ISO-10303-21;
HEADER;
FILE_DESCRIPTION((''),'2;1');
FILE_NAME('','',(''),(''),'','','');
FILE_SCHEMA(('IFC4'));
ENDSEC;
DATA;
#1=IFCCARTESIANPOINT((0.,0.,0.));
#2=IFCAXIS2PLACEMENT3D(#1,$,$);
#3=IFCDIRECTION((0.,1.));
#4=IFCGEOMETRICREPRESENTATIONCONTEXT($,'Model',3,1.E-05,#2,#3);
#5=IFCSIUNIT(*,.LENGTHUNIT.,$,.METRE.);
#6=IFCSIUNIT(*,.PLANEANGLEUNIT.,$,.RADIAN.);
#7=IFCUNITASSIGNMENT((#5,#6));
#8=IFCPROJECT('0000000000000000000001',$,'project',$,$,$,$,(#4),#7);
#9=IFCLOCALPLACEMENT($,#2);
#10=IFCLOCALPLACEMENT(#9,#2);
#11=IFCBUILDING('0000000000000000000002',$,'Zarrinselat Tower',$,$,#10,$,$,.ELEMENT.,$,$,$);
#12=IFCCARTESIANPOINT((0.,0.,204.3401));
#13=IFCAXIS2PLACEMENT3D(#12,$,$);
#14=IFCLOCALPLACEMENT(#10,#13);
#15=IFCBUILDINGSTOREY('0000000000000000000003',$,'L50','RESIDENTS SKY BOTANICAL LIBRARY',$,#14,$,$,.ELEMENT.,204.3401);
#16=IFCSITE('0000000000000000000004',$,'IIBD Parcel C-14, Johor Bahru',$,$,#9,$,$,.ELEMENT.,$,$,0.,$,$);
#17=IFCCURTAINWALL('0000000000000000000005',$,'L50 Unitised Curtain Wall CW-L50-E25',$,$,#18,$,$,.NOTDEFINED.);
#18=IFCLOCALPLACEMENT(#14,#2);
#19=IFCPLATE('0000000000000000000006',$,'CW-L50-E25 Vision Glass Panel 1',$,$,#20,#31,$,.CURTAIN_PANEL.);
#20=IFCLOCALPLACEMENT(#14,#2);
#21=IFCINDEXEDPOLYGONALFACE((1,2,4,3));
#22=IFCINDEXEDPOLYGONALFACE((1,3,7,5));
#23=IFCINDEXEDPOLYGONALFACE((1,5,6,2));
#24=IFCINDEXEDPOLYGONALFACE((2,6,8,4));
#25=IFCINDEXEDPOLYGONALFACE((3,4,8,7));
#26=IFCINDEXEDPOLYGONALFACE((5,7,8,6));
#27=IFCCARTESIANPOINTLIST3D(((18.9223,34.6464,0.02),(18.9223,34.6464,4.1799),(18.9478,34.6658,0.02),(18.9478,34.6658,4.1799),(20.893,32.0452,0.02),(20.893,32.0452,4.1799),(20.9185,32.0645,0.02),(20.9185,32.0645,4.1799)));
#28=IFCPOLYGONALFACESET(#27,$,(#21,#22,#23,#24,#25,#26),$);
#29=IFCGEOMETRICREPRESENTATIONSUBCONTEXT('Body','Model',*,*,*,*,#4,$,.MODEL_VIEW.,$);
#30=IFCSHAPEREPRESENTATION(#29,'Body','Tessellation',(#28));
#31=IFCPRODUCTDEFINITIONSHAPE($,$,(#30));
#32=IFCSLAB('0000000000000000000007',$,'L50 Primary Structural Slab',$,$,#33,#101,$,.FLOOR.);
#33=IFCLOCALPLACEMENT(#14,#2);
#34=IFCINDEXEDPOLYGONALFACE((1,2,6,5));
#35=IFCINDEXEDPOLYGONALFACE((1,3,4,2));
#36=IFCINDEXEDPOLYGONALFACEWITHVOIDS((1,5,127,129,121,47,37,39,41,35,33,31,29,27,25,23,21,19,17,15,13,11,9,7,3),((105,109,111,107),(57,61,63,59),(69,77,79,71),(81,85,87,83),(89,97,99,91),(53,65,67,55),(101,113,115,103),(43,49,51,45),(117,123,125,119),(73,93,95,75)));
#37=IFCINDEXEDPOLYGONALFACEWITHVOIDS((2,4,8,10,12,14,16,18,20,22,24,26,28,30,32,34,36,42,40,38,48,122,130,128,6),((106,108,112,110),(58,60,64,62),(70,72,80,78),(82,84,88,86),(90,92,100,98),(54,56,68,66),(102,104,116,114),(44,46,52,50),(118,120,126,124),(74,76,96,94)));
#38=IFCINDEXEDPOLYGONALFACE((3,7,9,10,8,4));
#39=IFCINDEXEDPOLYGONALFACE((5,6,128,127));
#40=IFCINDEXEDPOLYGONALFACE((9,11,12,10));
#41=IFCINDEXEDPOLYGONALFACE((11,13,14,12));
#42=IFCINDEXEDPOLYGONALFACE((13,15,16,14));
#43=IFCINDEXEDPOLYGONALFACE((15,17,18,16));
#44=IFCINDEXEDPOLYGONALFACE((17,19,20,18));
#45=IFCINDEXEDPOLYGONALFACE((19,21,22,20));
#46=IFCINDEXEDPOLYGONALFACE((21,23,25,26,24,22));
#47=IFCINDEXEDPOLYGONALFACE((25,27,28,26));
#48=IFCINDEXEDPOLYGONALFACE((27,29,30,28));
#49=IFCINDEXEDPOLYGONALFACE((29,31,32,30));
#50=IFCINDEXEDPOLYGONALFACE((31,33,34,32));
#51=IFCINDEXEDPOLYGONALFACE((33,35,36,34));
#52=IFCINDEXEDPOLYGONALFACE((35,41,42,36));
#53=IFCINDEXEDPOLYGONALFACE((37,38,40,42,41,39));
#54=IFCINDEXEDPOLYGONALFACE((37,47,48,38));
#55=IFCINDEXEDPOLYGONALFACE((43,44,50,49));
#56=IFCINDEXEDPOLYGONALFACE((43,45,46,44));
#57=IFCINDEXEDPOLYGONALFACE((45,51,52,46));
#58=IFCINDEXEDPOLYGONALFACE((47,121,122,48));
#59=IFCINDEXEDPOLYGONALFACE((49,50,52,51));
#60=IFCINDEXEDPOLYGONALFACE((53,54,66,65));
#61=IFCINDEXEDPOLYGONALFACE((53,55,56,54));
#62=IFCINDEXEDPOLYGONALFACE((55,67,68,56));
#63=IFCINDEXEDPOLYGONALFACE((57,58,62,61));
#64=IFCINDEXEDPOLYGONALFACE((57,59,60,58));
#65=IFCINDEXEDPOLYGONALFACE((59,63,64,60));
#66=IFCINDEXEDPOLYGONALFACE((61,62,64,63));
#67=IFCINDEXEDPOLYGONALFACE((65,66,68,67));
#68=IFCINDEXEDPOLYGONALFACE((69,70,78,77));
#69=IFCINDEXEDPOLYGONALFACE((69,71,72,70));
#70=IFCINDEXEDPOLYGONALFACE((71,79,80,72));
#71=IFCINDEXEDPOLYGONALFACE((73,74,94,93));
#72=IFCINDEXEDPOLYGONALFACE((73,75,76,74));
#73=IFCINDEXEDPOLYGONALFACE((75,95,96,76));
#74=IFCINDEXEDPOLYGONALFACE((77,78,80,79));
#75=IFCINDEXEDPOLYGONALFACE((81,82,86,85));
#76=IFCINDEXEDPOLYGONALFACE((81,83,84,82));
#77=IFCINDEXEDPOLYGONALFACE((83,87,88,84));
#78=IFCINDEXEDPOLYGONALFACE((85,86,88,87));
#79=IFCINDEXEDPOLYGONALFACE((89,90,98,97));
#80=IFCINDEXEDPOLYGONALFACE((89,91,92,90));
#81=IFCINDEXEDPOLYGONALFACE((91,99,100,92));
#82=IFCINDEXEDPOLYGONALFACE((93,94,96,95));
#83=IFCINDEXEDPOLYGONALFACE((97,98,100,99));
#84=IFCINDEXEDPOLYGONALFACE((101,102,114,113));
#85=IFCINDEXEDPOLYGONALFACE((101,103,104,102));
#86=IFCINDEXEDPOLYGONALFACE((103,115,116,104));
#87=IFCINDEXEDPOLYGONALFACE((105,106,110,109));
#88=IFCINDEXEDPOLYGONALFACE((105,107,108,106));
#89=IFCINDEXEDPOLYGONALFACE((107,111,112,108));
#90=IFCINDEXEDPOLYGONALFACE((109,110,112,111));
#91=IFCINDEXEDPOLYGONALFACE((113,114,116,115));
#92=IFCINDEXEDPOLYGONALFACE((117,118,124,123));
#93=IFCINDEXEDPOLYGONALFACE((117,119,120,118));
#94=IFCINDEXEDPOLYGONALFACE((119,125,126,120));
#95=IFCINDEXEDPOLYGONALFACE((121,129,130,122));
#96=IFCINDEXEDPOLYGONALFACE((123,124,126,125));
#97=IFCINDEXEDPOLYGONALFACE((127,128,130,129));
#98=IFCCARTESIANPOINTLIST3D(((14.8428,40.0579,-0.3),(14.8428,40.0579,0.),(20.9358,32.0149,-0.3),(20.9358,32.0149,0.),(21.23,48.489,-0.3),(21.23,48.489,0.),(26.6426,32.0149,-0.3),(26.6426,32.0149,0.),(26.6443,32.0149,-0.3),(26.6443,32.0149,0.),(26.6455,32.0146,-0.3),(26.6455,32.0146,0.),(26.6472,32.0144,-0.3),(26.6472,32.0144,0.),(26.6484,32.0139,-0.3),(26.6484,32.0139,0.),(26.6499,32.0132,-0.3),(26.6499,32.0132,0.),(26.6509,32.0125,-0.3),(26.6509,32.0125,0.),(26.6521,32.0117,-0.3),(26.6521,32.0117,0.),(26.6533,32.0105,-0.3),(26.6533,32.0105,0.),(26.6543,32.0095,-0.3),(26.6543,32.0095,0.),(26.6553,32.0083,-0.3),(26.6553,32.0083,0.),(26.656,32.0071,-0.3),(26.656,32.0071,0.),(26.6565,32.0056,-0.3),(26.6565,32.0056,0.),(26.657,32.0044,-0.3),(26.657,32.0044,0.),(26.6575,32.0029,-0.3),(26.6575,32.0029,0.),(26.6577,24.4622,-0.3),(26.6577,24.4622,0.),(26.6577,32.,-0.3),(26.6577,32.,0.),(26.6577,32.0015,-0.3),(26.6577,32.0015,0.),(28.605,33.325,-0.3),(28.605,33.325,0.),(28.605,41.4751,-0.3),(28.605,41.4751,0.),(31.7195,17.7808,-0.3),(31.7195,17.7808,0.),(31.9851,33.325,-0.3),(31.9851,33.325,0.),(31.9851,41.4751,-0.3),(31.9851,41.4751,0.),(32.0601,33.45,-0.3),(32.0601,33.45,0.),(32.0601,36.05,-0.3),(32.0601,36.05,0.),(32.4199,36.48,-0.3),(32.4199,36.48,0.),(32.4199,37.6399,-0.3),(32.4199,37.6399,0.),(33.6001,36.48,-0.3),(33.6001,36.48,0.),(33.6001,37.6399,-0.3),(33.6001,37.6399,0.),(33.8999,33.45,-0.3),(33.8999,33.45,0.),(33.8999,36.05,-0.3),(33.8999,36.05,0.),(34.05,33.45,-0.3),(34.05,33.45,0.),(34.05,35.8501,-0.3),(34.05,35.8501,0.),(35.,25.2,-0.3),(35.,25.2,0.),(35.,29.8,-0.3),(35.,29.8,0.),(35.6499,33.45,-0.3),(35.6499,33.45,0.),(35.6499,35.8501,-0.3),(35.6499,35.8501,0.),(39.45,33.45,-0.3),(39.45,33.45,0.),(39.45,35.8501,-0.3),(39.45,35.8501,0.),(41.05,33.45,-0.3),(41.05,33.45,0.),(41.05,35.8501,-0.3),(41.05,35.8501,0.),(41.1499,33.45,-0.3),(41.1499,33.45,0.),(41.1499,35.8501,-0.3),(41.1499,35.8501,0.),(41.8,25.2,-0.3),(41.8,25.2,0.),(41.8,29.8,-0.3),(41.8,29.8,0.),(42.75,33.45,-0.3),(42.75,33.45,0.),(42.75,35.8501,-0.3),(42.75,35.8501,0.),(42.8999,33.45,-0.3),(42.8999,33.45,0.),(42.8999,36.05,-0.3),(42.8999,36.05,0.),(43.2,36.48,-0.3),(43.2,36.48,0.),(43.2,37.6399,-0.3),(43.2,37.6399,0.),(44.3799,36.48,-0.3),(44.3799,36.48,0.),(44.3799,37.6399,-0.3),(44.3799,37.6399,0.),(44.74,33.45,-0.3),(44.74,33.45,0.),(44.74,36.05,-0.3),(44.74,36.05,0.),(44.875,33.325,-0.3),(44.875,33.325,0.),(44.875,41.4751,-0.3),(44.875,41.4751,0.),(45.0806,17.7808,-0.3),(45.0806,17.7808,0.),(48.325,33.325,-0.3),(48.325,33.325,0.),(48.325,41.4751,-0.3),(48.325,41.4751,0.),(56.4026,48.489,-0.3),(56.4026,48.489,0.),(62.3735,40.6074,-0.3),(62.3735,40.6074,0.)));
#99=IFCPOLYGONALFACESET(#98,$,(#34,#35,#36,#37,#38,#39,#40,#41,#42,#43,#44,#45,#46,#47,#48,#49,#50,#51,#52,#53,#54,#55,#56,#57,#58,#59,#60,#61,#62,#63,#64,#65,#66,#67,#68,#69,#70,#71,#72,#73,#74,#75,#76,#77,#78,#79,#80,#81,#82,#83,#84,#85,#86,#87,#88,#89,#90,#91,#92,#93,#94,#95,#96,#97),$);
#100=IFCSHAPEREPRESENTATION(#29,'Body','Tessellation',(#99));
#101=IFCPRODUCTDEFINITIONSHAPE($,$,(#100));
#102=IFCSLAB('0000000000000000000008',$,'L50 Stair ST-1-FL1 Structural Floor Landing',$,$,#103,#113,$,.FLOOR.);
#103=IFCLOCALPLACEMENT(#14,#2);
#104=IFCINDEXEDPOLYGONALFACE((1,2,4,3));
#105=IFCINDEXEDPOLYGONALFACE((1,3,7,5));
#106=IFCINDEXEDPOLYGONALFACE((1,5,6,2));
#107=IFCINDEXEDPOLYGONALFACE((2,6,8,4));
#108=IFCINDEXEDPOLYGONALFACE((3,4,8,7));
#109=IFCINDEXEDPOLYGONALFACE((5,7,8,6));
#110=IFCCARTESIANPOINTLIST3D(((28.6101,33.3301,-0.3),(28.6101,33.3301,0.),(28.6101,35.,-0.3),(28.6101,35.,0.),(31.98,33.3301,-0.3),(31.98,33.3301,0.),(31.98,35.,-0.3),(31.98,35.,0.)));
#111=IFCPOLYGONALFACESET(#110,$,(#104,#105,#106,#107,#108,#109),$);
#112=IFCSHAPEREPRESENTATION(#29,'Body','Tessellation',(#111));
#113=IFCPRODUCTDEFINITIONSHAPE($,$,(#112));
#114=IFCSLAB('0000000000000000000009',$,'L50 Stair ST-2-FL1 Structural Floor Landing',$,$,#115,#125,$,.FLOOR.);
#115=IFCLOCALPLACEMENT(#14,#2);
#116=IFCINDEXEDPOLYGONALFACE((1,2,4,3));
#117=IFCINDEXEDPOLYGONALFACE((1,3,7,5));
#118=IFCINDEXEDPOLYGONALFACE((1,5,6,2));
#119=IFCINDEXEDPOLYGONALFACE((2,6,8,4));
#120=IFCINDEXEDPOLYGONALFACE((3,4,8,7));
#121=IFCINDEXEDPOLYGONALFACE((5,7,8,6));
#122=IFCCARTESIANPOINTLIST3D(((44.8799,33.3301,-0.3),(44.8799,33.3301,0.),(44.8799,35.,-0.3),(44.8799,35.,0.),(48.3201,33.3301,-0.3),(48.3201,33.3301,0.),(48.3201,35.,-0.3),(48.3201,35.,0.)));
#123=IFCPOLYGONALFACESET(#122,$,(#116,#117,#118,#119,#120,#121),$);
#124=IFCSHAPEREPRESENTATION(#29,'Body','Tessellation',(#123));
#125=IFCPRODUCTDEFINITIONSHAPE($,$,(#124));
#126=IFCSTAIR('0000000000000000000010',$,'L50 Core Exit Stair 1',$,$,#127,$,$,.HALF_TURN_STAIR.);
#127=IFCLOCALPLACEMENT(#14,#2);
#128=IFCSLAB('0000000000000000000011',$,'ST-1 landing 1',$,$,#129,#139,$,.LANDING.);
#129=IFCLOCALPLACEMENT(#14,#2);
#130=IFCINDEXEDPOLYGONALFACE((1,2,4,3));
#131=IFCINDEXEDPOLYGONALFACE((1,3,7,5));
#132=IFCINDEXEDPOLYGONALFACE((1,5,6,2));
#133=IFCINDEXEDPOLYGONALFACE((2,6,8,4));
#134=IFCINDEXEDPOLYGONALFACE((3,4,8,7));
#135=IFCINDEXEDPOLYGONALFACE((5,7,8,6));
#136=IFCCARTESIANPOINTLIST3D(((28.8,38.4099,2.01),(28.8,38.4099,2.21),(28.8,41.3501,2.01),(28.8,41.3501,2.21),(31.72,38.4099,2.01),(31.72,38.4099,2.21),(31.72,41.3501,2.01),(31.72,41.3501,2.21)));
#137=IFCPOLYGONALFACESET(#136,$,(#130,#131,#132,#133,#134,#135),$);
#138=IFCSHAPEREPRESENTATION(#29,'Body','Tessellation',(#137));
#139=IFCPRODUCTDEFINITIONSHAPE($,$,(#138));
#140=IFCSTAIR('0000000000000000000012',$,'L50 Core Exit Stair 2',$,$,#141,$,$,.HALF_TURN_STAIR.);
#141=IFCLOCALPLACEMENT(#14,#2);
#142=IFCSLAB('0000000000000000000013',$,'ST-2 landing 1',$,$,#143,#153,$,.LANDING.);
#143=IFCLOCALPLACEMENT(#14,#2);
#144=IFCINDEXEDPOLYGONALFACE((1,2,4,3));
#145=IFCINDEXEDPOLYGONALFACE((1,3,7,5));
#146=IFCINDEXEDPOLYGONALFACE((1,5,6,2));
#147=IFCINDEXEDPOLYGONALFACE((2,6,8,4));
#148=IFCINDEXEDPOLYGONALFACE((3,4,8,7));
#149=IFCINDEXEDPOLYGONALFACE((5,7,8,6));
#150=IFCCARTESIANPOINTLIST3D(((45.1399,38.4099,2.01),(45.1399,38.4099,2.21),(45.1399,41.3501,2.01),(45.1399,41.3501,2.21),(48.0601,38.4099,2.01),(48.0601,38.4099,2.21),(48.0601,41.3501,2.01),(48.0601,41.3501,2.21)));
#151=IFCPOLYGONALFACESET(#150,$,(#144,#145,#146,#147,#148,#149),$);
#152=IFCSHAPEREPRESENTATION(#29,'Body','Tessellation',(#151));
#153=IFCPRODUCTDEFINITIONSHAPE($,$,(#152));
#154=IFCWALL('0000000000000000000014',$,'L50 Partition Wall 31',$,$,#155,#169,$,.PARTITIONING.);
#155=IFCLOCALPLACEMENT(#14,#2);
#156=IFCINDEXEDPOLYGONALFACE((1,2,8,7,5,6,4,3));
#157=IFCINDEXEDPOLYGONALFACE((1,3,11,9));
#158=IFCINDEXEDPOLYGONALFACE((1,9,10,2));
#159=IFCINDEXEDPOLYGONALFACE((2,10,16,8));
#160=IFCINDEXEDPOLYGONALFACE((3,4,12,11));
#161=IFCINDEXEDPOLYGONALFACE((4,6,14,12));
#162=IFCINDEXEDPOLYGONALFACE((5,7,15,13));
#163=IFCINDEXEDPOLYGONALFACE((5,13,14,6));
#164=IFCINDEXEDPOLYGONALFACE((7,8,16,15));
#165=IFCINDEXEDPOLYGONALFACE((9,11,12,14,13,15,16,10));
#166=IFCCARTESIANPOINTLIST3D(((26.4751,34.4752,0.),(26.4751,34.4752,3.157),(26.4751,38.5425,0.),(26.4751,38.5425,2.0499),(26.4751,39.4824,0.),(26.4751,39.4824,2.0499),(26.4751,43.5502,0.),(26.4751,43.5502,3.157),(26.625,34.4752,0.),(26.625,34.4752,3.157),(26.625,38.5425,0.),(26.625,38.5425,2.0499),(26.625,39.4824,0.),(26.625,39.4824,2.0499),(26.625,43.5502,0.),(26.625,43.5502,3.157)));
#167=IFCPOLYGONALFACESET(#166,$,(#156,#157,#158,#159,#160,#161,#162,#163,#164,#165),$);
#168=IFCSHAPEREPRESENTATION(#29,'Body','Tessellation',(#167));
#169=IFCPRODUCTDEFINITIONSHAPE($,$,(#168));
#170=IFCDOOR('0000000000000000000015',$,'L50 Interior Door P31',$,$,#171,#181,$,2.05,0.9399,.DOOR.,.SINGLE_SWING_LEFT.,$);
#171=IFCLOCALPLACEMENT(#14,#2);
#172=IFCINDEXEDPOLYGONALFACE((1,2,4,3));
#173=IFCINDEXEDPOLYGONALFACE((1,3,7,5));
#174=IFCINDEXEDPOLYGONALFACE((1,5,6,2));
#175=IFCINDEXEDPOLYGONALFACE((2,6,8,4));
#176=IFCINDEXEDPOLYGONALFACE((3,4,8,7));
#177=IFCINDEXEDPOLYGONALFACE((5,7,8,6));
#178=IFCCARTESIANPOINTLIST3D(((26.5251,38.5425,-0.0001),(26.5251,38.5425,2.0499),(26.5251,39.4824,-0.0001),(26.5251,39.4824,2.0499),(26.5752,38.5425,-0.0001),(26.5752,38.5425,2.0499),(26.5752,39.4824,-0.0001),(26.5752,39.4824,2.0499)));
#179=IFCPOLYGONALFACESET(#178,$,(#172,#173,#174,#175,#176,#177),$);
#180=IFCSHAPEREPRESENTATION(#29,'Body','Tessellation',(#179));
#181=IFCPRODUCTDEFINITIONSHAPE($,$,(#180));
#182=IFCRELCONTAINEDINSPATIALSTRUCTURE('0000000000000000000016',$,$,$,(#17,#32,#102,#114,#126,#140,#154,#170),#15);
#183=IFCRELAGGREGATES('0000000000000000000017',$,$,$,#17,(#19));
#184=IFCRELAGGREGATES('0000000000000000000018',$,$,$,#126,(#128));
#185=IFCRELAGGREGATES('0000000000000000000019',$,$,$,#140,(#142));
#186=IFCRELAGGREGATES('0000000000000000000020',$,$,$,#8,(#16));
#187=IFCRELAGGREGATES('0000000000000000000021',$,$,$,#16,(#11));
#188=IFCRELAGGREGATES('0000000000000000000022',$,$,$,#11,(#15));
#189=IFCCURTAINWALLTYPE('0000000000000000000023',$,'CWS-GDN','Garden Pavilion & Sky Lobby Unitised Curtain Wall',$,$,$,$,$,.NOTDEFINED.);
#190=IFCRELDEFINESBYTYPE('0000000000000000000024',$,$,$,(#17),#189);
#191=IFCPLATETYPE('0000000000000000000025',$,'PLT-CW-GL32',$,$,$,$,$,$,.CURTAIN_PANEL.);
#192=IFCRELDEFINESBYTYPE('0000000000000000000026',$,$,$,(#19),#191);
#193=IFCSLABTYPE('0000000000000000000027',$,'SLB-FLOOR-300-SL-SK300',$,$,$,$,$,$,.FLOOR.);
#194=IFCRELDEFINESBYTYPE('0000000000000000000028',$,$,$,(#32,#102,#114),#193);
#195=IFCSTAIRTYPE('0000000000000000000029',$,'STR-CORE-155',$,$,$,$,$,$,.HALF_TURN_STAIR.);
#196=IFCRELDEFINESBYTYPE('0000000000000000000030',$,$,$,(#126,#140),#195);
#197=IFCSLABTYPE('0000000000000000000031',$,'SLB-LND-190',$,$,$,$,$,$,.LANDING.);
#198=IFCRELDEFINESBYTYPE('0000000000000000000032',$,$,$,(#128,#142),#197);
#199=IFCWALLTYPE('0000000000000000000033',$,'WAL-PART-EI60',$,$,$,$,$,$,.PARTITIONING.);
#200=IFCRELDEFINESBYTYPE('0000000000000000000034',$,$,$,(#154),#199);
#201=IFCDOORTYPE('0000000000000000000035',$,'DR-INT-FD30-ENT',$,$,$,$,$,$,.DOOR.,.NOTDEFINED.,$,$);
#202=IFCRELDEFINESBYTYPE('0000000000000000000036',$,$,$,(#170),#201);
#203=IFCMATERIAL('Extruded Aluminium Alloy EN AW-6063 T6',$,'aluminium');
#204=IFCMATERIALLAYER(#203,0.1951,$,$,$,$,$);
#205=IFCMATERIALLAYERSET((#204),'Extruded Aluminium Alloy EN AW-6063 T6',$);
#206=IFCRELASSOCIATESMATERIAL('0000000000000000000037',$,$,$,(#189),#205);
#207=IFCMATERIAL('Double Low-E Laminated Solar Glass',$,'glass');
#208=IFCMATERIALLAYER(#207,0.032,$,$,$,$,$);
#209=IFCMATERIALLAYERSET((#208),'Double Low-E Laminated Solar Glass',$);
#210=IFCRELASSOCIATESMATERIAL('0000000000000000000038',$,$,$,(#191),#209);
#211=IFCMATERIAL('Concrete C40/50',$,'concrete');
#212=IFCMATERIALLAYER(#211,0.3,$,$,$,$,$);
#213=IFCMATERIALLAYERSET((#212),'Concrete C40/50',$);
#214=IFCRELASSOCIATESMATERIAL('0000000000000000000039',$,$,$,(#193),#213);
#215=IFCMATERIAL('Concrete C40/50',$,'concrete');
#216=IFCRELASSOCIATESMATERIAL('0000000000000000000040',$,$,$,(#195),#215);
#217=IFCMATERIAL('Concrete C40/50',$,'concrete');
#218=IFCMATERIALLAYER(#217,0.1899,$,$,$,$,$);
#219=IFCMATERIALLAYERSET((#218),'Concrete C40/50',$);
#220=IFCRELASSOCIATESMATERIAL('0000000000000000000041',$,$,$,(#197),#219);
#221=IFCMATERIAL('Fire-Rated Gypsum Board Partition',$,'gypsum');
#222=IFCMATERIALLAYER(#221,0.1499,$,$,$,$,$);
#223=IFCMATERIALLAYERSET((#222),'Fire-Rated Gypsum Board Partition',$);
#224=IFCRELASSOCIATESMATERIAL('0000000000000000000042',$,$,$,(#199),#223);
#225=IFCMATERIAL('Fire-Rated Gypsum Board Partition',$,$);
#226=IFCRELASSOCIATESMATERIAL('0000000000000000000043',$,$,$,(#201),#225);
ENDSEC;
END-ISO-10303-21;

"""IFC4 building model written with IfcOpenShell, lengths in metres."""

from ifc_helpers import new_model, si_unit, direction, frame, frame_2d, origin, origin_2d, place, context, subcontext, project, spatial, polyline, rectangle, outline, extrude, material, layer, layer_set, type_object, element, fill, aggregate, save


model = new_model("IFC4")

# Units and contexts
model_context = context("Model", 3, precision=1e-05, world=origin(), true_north=direction((0.0, 1.0)))
body_context = subcontext(model_context, "Body", "Model", "MODEL_VIEW")
ifc_project = project(units=[si_unit("LENGTHUNIT", "METRE"), si_unit("PLANEANGLEUNIT", "RADIAN")], contexts=[model_context])

# Site, building, storey
site_placement = place(None, origin())
site = spatial("IfcSite", under=ifc_project, at=site_placement, Name="IIBD Parcel C-14, Johor Bahru", CompositionType="ELEMENT", RefElevation=0.0)
building_placement = place(site_placement, origin())
building = spatial("IfcBuilding", under=site, at=building_placement, Name="Zarrinselat Tower", CompositionType="ELEMENT")
storey_placement = place(building_placement, frame((0.0, 0.0, 204.3401)))
storey = spatial("IfcBuildingStorey", under=building, at=storey_placement, Name="L50", Description="RESIDENTS SKY BOTANICAL LIBRARY", CompositionType="ELEMENT", Elevation=204.3401)

# Shared definitions
ifc_material_1 = material(Name="Extruded Aluminium Alloy EN AW-6063 T6", Category="aluminium")
ifc_layer_1 = layer(ifc_material_1, 0.1951)
ifc_layer_set_1 = layer_set([ifc_layer_1], Name="Extruded Aluminium Alloy EN AW-6063 T6")
curtain_wall_type_1 = type_object("IfcCurtainWallType", Name="CWS-GDN", Description="Garden Pavilion & Sky Lobby Unitised Curtain Wall", PredefinedType="NOTDEFINED", material=ifc_layer_set_1)

# Curtain wall
curtain_wall_1_placement = place(storey_placement, origin())
curtain_wall_1 = element("IfcCurtainWall", 1, at=curtain_wall_1_placement, inside=storey, type_object=curtain_wall_type_1, Name="L50 Unitised Curtain Wall CW-L50-E25", PredefinedType="NOTDEFINED")

# Plate
ifc_material_2 = material(Name="Double Low-E Laminated Solar Glass", Category="glass")
ifc_layer_2 = layer(ifc_material_2, 0.032)
ifc_layer_set_2 = layer_set([ifc_layer_2], Name="Double Low-E Laminated Solar Glass")
plate_type = type_object("IfcPlateType", Name="PLT-CW-GL32", PredefinedType="CURTAIN_PANEL", material=ifc_layer_set_2)
plate_1_placement = place(storey_placement, frame((19.9204, 33.3555, 0.02), z_axis=(0.0, 0.0, 1.0), x_axis=(-0.603858, 0.797092, 0.0)))
plate_1 = element("IfcPlate", 2, at=plate_1_placement, type_object=plate_type, Name="CW-L50-E25 Vision Glass Panel 1", PredefinedType="CURTAIN_PANEL", context=body_context, shape_type="SweptSolid", body=[
    extrude(rectangle(XDim=3.2634, YDim=0.032, at=origin_2d()), origin(), (0.0, 0.0, 1.0), 4.1599),
])
aggregate(curtain_wall_1, [plate_1])

# Slabs
ifc_material_3 = material(Name="Concrete C40/50", Category="concrete")
ifc_layer_3 = layer(ifc_material_3, 0.3)
ifc_layer_set_3 = layer_set([ifc_layer_3], Name="Concrete C40/50")
slab_type_1 = type_object("IfcSlabType", Name="SLB-FLOOR-300-SL-SK300", PredefinedType="FLOOR", material=ifc_layer_set_3)
slab_1_placement = place(storey_placement, frame((0.0, 0.0, -0.3)))
element("IfcSlab", 3, at=slab_1_placement, inside=storey, type_object=slab_type_1, Name="L50 Primary Structural Slab", PredefinedType="FLOOR", context=body_context, shape_type="SweptSolid", body=[
    extrude(outline(polyline([(14.8428, 40.0579), (21.23, 48.489), (56.4026, 48.489), (62.3735, 40.6074), (45.0806, 17.7808), (31.7195, 17.7808), (26.6577, 24.4622), (26.6577, 32.0), (26.6577, 32.0015), (26.6575, 32.0029), (26.657, 32.0044), (26.6565, 32.0056), (26.656, 32.0071), (26.6553, 32.0083), (26.6543, 32.0095), (26.6533, 32.0105), (26.6521, 32.0117), (26.6509, 32.0125), (26.6499, 32.0132), (26.6484, 32.0139), (26.6472, 32.0144), (26.6455, 32.0146), (26.6443, 32.0149), (26.6426, 32.0149), (20.9358, 32.0149), (14.8428, 40.0579)]), holes=[polyline([(41.8, 25.2), (35.0, 25.2), (35.0, 29.8), (41.8, 29.8), (41.8, 25.2)]), polyline([(35.6499, 33.45), (34.05, 33.45), (34.05, 35.8501), (35.6499, 35.8501), (35.6499, 33.45)]), polyline([(41.05, 33.45), (39.45, 33.45), (39.45, 35.8501), (41.05, 35.8501), (41.05, 33.45)]), polyline([(41.1499, 33.45), (41.1499, 35.8501), (42.75, 35.8501), (42.75, 33.45), (41.1499, 33.45)]), polyline([(32.0601, 33.45), (32.0601, 36.05), (33.8999, 36.05), (33.8999, 33.45), (32.0601, 33.45)]), polyline([(44.74, 33.45), (42.8999, 33.45), (42.8999, 36.05), (44.74, 36.05), (44.74, 33.45)]), polyline([(33.6001, 36.48), (32.4199, 36.48), (32.4199, 37.6399), (33.6001, 37.6399), (33.6001, 36.48)]), polyline([(44.3799, 36.48), (43.2, 36.48), (43.2, 37.6399), (44.3799, 37.6399), (44.3799, 36.48)]), polyline([(31.9851, 33.325), (28.605, 33.325), (28.605, 41.4751), (31.9851, 41.4751), (31.9851, 33.325)]), polyline([(48.325, 33.325), (44.875, 33.325), (44.875, 41.4751), (48.325, 41.4751), (48.325, 33.325)])]), origin(), (0.0, 0.0, 1.0), 0.3),
])
slab_2_placement = place(storey_placement, frame((0.0, 0.0, -0.3)))
element("IfcSlab", 4, at=slab_2_placement, inside=storey, type_object=slab_type_1, Name="L50 Stair ST-1-FL1 Structural Floor Landing", PredefinedType="FLOOR", context=body_context, shape_type="SweptSolid", body=[
    extrude(outline(polyline([(31.98, 33.3301), (31.98, 35.0), (28.6101, 35.0), (28.6101, 33.3301), (31.98, 33.3301)])), origin(), (0.0, 0.0, 1.0), 0.3),
])
slab_3_placement = place(storey_placement, frame((0.0, 0.0, -0.3)))
element("IfcSlab", 5, at=slab_3_placement, inside=storey, type_object=slab_type_1, Name="L50 Stair ST-2-FL1 Structural Floor Landing", PredefinedType="FLOOR", context=body_context, shape_type="SweptSolid", body=[
    extrude(outline(polyline([(48.3201, 33.3301), (48.3201, 35.0), (44.8799, 35.0), (44.8799, 33.3301), (48.3201, 33.3301)])), origin(), (0.0, 0.0, 1.0), 0.3),
])

# Stairs, slabs
ifc_material_4 = material(Name="Concrete C40/50", Category="concrete")
stair_type = type_object("IfcStairType", Name="STR-CORE-155", PredefinedType="HALF_TURN_STAIR", material=ifc_material_4)
stair_1_placement = place(storey_placement, origin())
stair_1 = element("IfcStair", 6, at=stair_1_placement, inside=storey, type_object=stair_type, Name="L50 Core Exit Stair 1", PredefinedType="HALF_TURN_STAIR")
ifc_material_5 = material(Name="Concrete C40/50", Category="concrete")
ifc_layer_4 = layer(ifc_material_5, 0.1899)
ifc_layer_set_4 = layer_set([ifc_layer_4], Name="Concrete C40/50")
slab_type_2 = type_object("IfcSlabType", Name="SLB-LND-190", PredefinedType="LANDING", material=ifc_layer_set_4)
slab_4_placement = place(storey_placement, frame((0.0, 0.0, 2.01)))
slab_4 = element("IfcSlab", 7, at=slab_4_placement, type_object=slab_type_2, Name="ST-1 landing 1", PredefinedType="LANDING", context=body_context, shape_type="SweptSolid", body=[
    extrude(outline(polyline([(31.72, 38.4099), (31.72, 41.3501), (28.8, 41.3501), (28.8, 38.4099), (31.72, 38.4099)])), origin(), (0.0, 0.0, 1.0), 0.2),
])
aggregate(stair_1, [slab_4])
stair_2_placement = place(storey_placement, origin())
stair_2 = element("IfcStair", 8, at=stair_2_placement, inside=storey, type_object=stair_type, Name="L50 Core Exit Stair 2", PredefinedType="HALF_TURN_STAIR")
slab_5_placement = place(storey_placement, frame((0.0, 0.0, 2.01)))
slab_5 = element("IfcSlab", 9, at=slab_5_placement, type_object=slab_type_2, Name="ST-2 landing 1", PredefinedType="LANDING", context=body_context, shape_type="SweptSolid", body=[
    extrude(outline(polyline([(48.0601, 38.4099), (48.0601, 41.3501), (45.1399, 41.3501), (45.1399, 38.4099), (48.0601, 38.4099)])), origin(), (0.0, 0.0, 1.0), 0.2),
])
aggregate(stair_2, [slab_5])

# Wall, opening, door
ifc_material_6 = material(Name="Fire-Rated Gypsum Board Partition", Category="gypsum")
ifc_layer_5 = layer(ifc_material_6, 0.1499)
ifc_layer_set_5 = layer_set([ifc_layer_5], Name="Fire-Rated Gypsum Board Partition")
wall_type_1 = type_object("IfcWallType", Name="WAL-PART-EI60", PredefinedType="PARTITIONING", material=ifc_layer_set_5)
wall_1_placement = place(storey_placement, frame((26.55, 34.4751, 0.0), z_axis=(0.0, 0.0, 1.0), x_axis=(0.0, 1.0, 0.0)))
wall_1 = element("IfcWall", 10, at=wall_1_placement, inside=storey, type_object=wall_type_1, Name="L50 Partition Wall 31", PredefinedType="PARTITIONING", context=body_context, shape_type="SweptSolid", body=[
    extrude(rectangle(XDim=9.075, YDim=0.1499, at=frame_2d((4.5376, 0.0))), origin(), (0.0, 0.0, 1.0), 3.157),
])
opening_placement = place(wall_1_placement, frame((4.0674, 0.0, 0.0)))
opening = element("IfcOpeningElement", 11, at=opening_placement, cuts=wall_1, PredefinedType="OPENING", context=body_context, shape_type="SweptSolid", body=[
    extrude(rectangle(XDim=0.9399, YDim=2.05, at=frame_2d((0.47, 1.0249))), frame((0.0, 0.085, 0.0), z_axis=(0.0, -1.0, 0.0), x_axis=(1.0, 0.0, 0.0)), (0.0, 0.0, 1.0), 0.1699),
])
ifc_material_7 = material(Name="Fire-Rated Gypsum Board Partition")
door_type = type_object("IfcDoorType", Name="DR-INT-FD30-ENT", OperationType="NOTDEFINED", PredefinedType="DOOR", material=ifc_material_7)
door_placement = place(opening_placement, origin())
door = element("IfcDoor", 12, at=door_placement, inside=storey, type_object=door_type, Name="L50 Interior Door P31", OperationType="SINGLE_SWING_LEFT", OverallHeight=2.05, OverallWidth=0.9399, PredefinedType="DOOR", context=body_context, shape_type="SweptSolid", body=[
    extrude(rectangle(XDim=0.9399, YDim=2.05, at=frame_2d((0.47, 1.0249))), frame((0.0, 0.0249, 0.0), z_axis=(0.0, -1.0, 0.0), x_axis=(1.0, 0.0, 0.0)), (0.0, 0.0, 1.0), 0.05),
])
fill(opening, door)

save(model, "model.ifc")
